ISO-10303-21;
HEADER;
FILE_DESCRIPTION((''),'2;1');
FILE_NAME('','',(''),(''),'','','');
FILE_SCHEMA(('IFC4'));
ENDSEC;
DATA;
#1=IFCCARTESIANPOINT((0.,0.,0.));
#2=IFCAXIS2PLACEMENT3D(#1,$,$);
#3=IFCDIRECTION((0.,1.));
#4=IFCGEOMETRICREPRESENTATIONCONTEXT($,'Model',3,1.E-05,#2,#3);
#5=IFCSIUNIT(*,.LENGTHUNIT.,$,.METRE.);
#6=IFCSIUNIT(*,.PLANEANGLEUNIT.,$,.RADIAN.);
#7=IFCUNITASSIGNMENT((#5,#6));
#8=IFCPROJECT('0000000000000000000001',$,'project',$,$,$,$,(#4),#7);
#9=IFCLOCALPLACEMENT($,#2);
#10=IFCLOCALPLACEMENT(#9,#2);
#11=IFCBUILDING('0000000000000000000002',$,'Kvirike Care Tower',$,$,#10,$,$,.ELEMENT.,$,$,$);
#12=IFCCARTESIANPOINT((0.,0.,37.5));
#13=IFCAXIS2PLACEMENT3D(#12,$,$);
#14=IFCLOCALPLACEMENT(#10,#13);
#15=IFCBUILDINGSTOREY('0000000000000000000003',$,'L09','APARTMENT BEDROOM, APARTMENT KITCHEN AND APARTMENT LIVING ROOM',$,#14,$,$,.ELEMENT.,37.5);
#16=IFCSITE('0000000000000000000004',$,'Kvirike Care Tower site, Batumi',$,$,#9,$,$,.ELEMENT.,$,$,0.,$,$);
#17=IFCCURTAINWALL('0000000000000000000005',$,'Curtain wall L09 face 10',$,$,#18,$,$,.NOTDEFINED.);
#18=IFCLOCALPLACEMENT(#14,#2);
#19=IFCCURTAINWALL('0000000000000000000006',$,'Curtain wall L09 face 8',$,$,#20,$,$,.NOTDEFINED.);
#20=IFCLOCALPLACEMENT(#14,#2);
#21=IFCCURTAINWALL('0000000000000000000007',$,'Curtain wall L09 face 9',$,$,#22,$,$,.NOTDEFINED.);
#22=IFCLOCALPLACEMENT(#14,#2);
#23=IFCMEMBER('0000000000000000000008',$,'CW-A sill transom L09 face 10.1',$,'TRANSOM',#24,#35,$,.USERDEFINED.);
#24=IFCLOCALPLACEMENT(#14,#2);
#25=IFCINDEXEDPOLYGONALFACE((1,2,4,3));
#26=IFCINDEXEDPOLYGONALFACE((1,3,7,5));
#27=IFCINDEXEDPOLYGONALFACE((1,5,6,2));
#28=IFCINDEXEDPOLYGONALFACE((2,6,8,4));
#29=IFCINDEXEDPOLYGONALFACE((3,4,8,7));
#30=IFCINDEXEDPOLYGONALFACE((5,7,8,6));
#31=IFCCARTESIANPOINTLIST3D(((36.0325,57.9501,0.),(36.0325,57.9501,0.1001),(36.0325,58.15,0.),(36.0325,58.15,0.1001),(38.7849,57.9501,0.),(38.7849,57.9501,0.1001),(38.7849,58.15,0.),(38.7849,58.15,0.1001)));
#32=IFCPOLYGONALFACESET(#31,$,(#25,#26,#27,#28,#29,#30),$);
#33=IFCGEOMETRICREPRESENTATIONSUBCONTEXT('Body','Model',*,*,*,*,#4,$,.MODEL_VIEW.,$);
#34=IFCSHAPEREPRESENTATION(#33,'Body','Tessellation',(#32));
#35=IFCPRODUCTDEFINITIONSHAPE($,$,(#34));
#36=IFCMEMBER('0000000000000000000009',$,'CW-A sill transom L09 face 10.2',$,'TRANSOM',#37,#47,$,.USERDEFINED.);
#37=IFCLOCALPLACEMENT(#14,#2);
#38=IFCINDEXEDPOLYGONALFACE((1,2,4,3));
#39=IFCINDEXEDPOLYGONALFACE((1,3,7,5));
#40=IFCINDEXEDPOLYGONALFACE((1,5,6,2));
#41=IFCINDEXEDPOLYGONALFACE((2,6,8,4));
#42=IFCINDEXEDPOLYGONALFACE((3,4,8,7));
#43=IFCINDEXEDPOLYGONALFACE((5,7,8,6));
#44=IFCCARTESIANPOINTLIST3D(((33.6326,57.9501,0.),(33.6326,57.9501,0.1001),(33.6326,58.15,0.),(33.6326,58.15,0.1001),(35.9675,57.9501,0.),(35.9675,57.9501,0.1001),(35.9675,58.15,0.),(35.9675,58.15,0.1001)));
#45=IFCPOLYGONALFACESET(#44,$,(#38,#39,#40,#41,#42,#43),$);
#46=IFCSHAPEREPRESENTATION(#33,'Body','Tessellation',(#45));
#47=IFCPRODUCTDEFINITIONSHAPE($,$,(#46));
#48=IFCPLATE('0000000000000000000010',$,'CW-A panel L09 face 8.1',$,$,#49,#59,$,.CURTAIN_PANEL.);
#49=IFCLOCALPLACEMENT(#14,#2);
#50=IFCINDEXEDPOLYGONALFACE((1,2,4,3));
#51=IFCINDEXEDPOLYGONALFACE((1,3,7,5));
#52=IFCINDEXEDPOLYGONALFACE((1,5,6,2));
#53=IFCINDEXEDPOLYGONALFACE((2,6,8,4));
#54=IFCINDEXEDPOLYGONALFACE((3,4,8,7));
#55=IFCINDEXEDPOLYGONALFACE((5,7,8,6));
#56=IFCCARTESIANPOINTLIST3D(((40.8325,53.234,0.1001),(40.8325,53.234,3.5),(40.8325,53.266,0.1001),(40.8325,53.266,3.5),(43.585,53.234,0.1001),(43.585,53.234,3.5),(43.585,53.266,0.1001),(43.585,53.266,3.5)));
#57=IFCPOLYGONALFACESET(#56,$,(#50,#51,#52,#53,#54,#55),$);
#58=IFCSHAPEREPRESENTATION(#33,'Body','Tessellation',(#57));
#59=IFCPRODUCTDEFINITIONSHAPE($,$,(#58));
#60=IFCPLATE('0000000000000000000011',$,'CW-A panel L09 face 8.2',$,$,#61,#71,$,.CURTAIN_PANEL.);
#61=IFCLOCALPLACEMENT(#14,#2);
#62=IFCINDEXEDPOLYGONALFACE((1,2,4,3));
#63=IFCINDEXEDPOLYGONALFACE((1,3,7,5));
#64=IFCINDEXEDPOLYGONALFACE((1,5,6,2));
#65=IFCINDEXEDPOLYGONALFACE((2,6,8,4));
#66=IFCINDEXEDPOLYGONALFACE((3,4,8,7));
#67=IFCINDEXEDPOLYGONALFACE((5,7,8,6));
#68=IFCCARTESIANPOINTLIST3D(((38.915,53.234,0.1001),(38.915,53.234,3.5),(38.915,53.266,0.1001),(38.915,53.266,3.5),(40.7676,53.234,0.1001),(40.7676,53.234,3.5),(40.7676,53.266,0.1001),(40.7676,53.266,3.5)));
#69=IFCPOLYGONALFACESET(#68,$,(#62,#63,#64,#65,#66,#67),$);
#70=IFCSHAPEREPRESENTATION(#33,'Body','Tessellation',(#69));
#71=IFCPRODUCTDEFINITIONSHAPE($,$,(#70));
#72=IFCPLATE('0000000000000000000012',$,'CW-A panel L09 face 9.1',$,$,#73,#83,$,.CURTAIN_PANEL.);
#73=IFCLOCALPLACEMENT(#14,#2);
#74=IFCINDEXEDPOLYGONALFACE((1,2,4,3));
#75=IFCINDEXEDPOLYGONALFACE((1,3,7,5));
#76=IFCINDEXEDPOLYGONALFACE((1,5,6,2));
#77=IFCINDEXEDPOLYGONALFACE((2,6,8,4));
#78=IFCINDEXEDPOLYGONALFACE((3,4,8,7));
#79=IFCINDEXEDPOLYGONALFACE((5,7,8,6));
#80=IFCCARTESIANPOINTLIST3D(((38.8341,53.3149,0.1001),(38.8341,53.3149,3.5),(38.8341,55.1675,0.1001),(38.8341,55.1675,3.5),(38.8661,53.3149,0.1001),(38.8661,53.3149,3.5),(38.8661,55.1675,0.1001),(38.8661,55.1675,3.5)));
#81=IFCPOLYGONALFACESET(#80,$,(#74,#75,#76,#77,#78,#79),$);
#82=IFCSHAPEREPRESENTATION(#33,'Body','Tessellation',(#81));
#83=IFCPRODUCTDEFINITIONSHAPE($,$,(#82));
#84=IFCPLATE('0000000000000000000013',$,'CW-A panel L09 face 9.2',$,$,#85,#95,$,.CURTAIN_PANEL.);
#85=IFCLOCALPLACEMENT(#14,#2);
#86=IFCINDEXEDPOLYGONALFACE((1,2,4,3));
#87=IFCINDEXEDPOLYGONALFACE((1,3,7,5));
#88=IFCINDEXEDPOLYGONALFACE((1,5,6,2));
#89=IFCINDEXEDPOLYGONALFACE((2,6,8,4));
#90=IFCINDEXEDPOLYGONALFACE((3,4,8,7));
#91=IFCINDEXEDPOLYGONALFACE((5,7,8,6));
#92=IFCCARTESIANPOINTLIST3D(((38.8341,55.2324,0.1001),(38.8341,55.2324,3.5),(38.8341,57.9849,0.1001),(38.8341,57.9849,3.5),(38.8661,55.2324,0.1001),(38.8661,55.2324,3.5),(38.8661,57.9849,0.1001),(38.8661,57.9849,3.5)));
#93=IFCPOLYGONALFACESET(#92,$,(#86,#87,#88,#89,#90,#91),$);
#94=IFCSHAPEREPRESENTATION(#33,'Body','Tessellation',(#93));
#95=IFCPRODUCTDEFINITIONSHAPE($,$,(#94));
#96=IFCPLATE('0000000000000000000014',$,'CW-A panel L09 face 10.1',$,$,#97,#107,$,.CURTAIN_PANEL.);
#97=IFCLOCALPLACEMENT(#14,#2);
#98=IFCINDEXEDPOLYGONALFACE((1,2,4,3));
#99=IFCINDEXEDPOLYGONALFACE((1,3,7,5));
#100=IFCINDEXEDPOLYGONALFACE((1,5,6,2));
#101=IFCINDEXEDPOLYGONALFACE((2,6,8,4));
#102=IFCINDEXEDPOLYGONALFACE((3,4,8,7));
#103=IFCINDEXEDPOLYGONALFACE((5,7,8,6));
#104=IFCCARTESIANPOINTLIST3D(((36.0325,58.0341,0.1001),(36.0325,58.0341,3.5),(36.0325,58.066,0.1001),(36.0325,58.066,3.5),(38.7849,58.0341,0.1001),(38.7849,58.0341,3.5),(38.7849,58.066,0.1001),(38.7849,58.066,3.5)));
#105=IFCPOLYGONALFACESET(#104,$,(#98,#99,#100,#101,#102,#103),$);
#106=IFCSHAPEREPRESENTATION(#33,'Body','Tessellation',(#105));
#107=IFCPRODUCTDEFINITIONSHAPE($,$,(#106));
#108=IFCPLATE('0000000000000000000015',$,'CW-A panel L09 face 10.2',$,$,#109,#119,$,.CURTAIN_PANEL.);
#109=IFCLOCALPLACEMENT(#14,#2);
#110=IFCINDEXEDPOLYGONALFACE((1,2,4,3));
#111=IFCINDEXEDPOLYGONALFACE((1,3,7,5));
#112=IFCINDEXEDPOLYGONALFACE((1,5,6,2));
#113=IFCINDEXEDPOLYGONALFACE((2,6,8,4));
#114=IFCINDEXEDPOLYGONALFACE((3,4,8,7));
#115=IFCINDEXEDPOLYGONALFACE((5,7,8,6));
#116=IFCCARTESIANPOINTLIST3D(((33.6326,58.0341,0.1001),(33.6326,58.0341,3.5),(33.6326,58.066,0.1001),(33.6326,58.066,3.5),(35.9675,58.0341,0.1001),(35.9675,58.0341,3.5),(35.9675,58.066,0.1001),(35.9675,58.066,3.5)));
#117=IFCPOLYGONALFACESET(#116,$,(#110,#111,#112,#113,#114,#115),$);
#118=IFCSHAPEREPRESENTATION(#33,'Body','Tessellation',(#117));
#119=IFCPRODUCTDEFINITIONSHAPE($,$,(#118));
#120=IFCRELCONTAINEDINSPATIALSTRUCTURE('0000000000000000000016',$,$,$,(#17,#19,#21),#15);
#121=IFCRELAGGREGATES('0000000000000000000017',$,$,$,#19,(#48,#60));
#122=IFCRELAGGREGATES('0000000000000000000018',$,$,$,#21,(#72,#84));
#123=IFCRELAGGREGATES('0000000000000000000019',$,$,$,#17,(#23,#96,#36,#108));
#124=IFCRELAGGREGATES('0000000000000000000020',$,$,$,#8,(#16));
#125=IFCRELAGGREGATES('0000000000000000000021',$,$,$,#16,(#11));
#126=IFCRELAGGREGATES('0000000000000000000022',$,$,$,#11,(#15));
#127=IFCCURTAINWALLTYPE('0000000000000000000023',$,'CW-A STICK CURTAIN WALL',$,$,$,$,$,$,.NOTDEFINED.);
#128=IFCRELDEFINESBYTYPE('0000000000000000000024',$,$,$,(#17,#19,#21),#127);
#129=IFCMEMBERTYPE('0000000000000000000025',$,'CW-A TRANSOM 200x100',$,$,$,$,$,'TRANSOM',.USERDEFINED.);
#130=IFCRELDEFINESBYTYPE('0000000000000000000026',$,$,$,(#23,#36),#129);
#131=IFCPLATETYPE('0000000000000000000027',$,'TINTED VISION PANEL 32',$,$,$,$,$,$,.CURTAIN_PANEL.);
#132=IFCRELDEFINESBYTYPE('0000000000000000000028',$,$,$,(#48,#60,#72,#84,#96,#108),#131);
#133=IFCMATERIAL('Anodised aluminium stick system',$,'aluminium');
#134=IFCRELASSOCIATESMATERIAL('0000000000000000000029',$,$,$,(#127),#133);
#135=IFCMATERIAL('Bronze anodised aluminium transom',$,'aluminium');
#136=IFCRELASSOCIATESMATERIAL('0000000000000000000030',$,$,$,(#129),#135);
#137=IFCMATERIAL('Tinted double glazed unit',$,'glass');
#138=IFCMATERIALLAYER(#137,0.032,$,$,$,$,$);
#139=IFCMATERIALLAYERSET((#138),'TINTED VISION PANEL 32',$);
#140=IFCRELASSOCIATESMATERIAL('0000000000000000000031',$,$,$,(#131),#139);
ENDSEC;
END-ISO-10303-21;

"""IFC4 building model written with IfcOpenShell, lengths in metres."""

from ifc_helpers import new_model, si_unit, direction, frame, origin, origin_2d, place, context, subcontext, project, spatial, rectangle, extrude, material, layer, layer_set, material_profile, profile_set, type_object, element, aggregate, save


model = new_model("IFC4")

# Units and contexts
model_context = context("Model", 3, precision=1e-05, world=origin(), true_north=direction((0.0, 1.0)))
body_context = subcontext(model_context, "Body", "Model", "MODEL_VIEW")
ifc_project = project(units=[si_unit("LENGTHUNIT", "METRE"), si_unit("PLANEANGLEUNIT", "RADIAN")], contexts=[model_context])

# Site, building, storey
site_placement = place(None, origin())
site = spatial("IfcSite", under=ifc_project, at=site_placement, Name="Kvirike Care Tower site, Batumi", CompositionType="ELEMENT", RefElevation=0.0)
building_placement = place(site_placement, origin())
building = spatial("IfcBuilding", under=site, at=building_placement, Name="Kvirike Care Tower", CompositionType="ELEMENT")
storey_placement = place(building_placement, frame((0.0, 0.0, 37.5)))
storey = spatial("IfcBuildingStorey", under=building, at=storey_placement, Name="L09", Description="APARTMENT BEDROOM, APARTMENT KITCHEN AND APARTMENT LIVING ROOM", CompositionType="ELEMENT", Elevation=37.5)

# Curtain wall
ifc_material_1 = material(Name="Anodised aluminium stick system", Category="aluminium")
curtain_wall_type = type_object("IfcCurtainWallType", Name="CW-A STICK CURTAIN WALL", PredefinedType="NOTDEFINED", material=ifc_material_1)
curtain_wall_1_placement = place(storey_placement, origin())
curtain_wall_1 = element("IfcCurtainWall", 1, at=curtain_wall_1_placement, inside=storey, type_object=curtain_wall_type, Name="Curtain wall L09 face 10", PredefinedType="NOTDEFINED")

# Curtain walls
curtain_wall_2_placement = place(storey_placement, origin())
curtain_wall_2 = element("IfcCurtainWall", 2, at=curtain_wall_2_placement, inside=storey, type_object=curtain_wall_type, Name="Curtain wall L09 face 8", PredefinedType="NOTDEFINED")
curtain_wall_3_placement = place(storey_placement, origin())
curtain_wall_3 = element("IfcCurtainWall", 3, at=curtain_wall_3_placement, inside=storey, type_object=curtain_wall_type, Name="Curtain wall L09 face 9", PredefinedType="NOTDEFINED")

# Members
ifc_material_2 = material(Name="Bronze anodised aluminium transom", Category="aluminium")
ifc_material_profile_1 = material_profile(ifc_material_2, rectangle(XDim=0.2, YDim=0.1001, at=origin_2d()), Name="CW-A TRANSOM 200x100")
ifc_profile_set_1 = profile_set([ifc_material_profile_1], Name="Bronze anodised aluminium transom")
member_type_1 = type_object("IfcMemberType", Name="CW-A TRANSOM 200x100", ElementType="TRANSOM", PredefinedType="USERDEFINED", material=ifc_profile_set_1)
member_1_placement = place(storey_placement, frame((38.7849, 58.05, 0.05), z_axis=(-1.0, 0.0, 0.0), x_axis=(0.0, -1.0, 0.0)))
member_1 = element("IfcMember", 4, at=member_1_placement, type_object=member_type_1, Name="CW-A sill transom L09 face 10.1", ObjectType="TRANSOM", PredefinedType="USERDEFINED", context=body_context, shape_type="SweptSolid", body=[
    extrude(rectangle(XDim=0.2, YDim=0.1001, at=origin_2d()), origin(), (0.0, 0.0, 1.0), 2.7524),
])
member_2_placement = place(storey_placement, frame((35.9675, 58.05, 0.05), z_axis=(-1.0, 0.0, 0.0), x_axis=(0.0, -1.0, 0.0)))
member_2 = element("IfcMember", 5, at=member_2_placement, type_object=member_type_1, Name="CW-A sill transom L09 face 10.2", ObjectType="TRANSOM", PredefinedType="USERDEFINED", context=body_context, shape_type="SweptSolid", body=[
    extrude(rectangle(XDim=0.2, YDim=0.1001, at=origin_2d()), origin(), (0.0, 0.0, 1.0), 2.335),
])

# Plates
ifc_material_3 = material(Name="Tinted double glazed unit", Category="glass")
ifc_layer = layer(ifc_material_3, 0.032)
ifc_layer_set = layer_set([ifc_layer], Name="TINTED VISION PANEL 32")
plate_type = type_object("IfcPlateType", Name="TINTED VISION PANEL 32", PredefinedType="CURTAIN_PANEL", material=ifc_layer_set)
plate_1_placement = place(storey_placement, frame((42.2087, 53.25, 0.1001), z_axis=(0.0, 0.0, 1.0), x_axis=(-1.0, 0.0, 0.0)))
plate_1 = element("IfcPlate", 6, at=plate_1_placement, type_object=plate_type, Name="CW-A panel L09 face 8.1", PredefinedType="CURTAIN_PANEL", context=body_context, shape_type="SweptSolid", body=[
    extrude(rectangle(XDim=2.7524, YDim=0.032, at=origin_2d()), origin(), (0.0, 0.0, 1.0), 3.3999),
])
plate_2_placement = place(storey_placement, frame((39.8413, 53.25, 0.1001), z_axis=(0.0, 0.0, 1.0), x_axis=(-1.0, 0.0, 0.0)))
plate_2 = element("IfcPlate", 7, at=plate_2_placement, type_object=plate_type, Name="CW-A panel L09 face 8.2", PredefinedType="CURTAIN_PANEL", context=body_context, shape_type="SweptSolid", body=[
    extrude(rectangle(XDim=1.8525, YDim=0.032, at=origin_2d()), origin(), (0.0, 0.0, 1.0), 3.3999),
])
aggregate(curtain_wall_2, [plate_1, plate_2])
plate_3_placement = place(storey_placement, frame((38.8501, 54.2412, 0.1001), z_axis=(0.0, 0.0, 1.0), x_axis=(0.0, 1.0, 0.0)))
plate_3 = element("IfcPlate", 8, at=plate_3_placement, type_object=plate_type, Name="CW-A panel L09 face 9.1", PredefinedType="CURTAIN_PANEL", context=body_context, shape_type="SweptSolid", body=[
    extrude(rectangle(XDim=1.8525, YDim=0.032, at=origin_2d()), origin(), (0.0, 0.0, 1.0), 3.3999),
])
plate_4_placement = place(storey_placement, frame((38.8501, 56.6086, 0.1001), z_axis=(0.0, 0.0, 1.0), x_axis=(0.0, 1.0, 0.0)))
plate_4 = element("IfcPlate", 9, at=plate_4_placement, type_object=plate_type, Name="CW-A panel L09 face 9.2", PredefinedType="CURTAIN_PANEL", context=body_context, shape_type="SweptSolid", body=[
    extrude(rectangle(XDim=2.7524, YDim=0.032, at=origin_2d()), origin(), (0.0, 0.0, 1.0), 3.3999),
])
aggregate(curtain_wall_3, [plate_3, plate_4])
plate_5_placement = place(storey_placement, frame((37.4087, 58.05, 0.1001), z_axis=(0.0, 0.0, 1.0), x_axis=(-1.0, 0.0, 0.0)))
plate_5 = element("IfcPlate", 10, at=plate_5_placement, type_object=plate_type, Name="CW-A panel L09 face 10.1", PredefinedType="CURTAIN_PANEL", context=body_context, shape_type="SweptSolid", body=[
    extrude(rectangle(XDim=2.7524, YDim=0.032, at=origin_2d()), origin(), (0.0, 0.0, 1.0), 3.3999),
])
plate_6_placement = place(storey_placement, frame((34.8, 58.05, 0.1001), z_axis=(0.0, 0.0, 1.0), x_axis=(-1.0, 0.0, 0.0)))
plate_6 = element("IfcPlate", 11, at=plate_6_placement, type_object=plate_type, Name="CW-A panel L09 face 10.2", PredefinedType="CURTAIN_PANEL", context=body_context, shape_type="SweptSolid", body=[
    extrude(rectangle(XDim=2.335, YDim=0.032, at=origin_2d()), origin(), (0.0, 0.0, 1.0), 3.3999),
])
aggregate(curtain_wall_1, [member_1, plate_5, member_2, plate_6])

save(model, "model.ifc")
